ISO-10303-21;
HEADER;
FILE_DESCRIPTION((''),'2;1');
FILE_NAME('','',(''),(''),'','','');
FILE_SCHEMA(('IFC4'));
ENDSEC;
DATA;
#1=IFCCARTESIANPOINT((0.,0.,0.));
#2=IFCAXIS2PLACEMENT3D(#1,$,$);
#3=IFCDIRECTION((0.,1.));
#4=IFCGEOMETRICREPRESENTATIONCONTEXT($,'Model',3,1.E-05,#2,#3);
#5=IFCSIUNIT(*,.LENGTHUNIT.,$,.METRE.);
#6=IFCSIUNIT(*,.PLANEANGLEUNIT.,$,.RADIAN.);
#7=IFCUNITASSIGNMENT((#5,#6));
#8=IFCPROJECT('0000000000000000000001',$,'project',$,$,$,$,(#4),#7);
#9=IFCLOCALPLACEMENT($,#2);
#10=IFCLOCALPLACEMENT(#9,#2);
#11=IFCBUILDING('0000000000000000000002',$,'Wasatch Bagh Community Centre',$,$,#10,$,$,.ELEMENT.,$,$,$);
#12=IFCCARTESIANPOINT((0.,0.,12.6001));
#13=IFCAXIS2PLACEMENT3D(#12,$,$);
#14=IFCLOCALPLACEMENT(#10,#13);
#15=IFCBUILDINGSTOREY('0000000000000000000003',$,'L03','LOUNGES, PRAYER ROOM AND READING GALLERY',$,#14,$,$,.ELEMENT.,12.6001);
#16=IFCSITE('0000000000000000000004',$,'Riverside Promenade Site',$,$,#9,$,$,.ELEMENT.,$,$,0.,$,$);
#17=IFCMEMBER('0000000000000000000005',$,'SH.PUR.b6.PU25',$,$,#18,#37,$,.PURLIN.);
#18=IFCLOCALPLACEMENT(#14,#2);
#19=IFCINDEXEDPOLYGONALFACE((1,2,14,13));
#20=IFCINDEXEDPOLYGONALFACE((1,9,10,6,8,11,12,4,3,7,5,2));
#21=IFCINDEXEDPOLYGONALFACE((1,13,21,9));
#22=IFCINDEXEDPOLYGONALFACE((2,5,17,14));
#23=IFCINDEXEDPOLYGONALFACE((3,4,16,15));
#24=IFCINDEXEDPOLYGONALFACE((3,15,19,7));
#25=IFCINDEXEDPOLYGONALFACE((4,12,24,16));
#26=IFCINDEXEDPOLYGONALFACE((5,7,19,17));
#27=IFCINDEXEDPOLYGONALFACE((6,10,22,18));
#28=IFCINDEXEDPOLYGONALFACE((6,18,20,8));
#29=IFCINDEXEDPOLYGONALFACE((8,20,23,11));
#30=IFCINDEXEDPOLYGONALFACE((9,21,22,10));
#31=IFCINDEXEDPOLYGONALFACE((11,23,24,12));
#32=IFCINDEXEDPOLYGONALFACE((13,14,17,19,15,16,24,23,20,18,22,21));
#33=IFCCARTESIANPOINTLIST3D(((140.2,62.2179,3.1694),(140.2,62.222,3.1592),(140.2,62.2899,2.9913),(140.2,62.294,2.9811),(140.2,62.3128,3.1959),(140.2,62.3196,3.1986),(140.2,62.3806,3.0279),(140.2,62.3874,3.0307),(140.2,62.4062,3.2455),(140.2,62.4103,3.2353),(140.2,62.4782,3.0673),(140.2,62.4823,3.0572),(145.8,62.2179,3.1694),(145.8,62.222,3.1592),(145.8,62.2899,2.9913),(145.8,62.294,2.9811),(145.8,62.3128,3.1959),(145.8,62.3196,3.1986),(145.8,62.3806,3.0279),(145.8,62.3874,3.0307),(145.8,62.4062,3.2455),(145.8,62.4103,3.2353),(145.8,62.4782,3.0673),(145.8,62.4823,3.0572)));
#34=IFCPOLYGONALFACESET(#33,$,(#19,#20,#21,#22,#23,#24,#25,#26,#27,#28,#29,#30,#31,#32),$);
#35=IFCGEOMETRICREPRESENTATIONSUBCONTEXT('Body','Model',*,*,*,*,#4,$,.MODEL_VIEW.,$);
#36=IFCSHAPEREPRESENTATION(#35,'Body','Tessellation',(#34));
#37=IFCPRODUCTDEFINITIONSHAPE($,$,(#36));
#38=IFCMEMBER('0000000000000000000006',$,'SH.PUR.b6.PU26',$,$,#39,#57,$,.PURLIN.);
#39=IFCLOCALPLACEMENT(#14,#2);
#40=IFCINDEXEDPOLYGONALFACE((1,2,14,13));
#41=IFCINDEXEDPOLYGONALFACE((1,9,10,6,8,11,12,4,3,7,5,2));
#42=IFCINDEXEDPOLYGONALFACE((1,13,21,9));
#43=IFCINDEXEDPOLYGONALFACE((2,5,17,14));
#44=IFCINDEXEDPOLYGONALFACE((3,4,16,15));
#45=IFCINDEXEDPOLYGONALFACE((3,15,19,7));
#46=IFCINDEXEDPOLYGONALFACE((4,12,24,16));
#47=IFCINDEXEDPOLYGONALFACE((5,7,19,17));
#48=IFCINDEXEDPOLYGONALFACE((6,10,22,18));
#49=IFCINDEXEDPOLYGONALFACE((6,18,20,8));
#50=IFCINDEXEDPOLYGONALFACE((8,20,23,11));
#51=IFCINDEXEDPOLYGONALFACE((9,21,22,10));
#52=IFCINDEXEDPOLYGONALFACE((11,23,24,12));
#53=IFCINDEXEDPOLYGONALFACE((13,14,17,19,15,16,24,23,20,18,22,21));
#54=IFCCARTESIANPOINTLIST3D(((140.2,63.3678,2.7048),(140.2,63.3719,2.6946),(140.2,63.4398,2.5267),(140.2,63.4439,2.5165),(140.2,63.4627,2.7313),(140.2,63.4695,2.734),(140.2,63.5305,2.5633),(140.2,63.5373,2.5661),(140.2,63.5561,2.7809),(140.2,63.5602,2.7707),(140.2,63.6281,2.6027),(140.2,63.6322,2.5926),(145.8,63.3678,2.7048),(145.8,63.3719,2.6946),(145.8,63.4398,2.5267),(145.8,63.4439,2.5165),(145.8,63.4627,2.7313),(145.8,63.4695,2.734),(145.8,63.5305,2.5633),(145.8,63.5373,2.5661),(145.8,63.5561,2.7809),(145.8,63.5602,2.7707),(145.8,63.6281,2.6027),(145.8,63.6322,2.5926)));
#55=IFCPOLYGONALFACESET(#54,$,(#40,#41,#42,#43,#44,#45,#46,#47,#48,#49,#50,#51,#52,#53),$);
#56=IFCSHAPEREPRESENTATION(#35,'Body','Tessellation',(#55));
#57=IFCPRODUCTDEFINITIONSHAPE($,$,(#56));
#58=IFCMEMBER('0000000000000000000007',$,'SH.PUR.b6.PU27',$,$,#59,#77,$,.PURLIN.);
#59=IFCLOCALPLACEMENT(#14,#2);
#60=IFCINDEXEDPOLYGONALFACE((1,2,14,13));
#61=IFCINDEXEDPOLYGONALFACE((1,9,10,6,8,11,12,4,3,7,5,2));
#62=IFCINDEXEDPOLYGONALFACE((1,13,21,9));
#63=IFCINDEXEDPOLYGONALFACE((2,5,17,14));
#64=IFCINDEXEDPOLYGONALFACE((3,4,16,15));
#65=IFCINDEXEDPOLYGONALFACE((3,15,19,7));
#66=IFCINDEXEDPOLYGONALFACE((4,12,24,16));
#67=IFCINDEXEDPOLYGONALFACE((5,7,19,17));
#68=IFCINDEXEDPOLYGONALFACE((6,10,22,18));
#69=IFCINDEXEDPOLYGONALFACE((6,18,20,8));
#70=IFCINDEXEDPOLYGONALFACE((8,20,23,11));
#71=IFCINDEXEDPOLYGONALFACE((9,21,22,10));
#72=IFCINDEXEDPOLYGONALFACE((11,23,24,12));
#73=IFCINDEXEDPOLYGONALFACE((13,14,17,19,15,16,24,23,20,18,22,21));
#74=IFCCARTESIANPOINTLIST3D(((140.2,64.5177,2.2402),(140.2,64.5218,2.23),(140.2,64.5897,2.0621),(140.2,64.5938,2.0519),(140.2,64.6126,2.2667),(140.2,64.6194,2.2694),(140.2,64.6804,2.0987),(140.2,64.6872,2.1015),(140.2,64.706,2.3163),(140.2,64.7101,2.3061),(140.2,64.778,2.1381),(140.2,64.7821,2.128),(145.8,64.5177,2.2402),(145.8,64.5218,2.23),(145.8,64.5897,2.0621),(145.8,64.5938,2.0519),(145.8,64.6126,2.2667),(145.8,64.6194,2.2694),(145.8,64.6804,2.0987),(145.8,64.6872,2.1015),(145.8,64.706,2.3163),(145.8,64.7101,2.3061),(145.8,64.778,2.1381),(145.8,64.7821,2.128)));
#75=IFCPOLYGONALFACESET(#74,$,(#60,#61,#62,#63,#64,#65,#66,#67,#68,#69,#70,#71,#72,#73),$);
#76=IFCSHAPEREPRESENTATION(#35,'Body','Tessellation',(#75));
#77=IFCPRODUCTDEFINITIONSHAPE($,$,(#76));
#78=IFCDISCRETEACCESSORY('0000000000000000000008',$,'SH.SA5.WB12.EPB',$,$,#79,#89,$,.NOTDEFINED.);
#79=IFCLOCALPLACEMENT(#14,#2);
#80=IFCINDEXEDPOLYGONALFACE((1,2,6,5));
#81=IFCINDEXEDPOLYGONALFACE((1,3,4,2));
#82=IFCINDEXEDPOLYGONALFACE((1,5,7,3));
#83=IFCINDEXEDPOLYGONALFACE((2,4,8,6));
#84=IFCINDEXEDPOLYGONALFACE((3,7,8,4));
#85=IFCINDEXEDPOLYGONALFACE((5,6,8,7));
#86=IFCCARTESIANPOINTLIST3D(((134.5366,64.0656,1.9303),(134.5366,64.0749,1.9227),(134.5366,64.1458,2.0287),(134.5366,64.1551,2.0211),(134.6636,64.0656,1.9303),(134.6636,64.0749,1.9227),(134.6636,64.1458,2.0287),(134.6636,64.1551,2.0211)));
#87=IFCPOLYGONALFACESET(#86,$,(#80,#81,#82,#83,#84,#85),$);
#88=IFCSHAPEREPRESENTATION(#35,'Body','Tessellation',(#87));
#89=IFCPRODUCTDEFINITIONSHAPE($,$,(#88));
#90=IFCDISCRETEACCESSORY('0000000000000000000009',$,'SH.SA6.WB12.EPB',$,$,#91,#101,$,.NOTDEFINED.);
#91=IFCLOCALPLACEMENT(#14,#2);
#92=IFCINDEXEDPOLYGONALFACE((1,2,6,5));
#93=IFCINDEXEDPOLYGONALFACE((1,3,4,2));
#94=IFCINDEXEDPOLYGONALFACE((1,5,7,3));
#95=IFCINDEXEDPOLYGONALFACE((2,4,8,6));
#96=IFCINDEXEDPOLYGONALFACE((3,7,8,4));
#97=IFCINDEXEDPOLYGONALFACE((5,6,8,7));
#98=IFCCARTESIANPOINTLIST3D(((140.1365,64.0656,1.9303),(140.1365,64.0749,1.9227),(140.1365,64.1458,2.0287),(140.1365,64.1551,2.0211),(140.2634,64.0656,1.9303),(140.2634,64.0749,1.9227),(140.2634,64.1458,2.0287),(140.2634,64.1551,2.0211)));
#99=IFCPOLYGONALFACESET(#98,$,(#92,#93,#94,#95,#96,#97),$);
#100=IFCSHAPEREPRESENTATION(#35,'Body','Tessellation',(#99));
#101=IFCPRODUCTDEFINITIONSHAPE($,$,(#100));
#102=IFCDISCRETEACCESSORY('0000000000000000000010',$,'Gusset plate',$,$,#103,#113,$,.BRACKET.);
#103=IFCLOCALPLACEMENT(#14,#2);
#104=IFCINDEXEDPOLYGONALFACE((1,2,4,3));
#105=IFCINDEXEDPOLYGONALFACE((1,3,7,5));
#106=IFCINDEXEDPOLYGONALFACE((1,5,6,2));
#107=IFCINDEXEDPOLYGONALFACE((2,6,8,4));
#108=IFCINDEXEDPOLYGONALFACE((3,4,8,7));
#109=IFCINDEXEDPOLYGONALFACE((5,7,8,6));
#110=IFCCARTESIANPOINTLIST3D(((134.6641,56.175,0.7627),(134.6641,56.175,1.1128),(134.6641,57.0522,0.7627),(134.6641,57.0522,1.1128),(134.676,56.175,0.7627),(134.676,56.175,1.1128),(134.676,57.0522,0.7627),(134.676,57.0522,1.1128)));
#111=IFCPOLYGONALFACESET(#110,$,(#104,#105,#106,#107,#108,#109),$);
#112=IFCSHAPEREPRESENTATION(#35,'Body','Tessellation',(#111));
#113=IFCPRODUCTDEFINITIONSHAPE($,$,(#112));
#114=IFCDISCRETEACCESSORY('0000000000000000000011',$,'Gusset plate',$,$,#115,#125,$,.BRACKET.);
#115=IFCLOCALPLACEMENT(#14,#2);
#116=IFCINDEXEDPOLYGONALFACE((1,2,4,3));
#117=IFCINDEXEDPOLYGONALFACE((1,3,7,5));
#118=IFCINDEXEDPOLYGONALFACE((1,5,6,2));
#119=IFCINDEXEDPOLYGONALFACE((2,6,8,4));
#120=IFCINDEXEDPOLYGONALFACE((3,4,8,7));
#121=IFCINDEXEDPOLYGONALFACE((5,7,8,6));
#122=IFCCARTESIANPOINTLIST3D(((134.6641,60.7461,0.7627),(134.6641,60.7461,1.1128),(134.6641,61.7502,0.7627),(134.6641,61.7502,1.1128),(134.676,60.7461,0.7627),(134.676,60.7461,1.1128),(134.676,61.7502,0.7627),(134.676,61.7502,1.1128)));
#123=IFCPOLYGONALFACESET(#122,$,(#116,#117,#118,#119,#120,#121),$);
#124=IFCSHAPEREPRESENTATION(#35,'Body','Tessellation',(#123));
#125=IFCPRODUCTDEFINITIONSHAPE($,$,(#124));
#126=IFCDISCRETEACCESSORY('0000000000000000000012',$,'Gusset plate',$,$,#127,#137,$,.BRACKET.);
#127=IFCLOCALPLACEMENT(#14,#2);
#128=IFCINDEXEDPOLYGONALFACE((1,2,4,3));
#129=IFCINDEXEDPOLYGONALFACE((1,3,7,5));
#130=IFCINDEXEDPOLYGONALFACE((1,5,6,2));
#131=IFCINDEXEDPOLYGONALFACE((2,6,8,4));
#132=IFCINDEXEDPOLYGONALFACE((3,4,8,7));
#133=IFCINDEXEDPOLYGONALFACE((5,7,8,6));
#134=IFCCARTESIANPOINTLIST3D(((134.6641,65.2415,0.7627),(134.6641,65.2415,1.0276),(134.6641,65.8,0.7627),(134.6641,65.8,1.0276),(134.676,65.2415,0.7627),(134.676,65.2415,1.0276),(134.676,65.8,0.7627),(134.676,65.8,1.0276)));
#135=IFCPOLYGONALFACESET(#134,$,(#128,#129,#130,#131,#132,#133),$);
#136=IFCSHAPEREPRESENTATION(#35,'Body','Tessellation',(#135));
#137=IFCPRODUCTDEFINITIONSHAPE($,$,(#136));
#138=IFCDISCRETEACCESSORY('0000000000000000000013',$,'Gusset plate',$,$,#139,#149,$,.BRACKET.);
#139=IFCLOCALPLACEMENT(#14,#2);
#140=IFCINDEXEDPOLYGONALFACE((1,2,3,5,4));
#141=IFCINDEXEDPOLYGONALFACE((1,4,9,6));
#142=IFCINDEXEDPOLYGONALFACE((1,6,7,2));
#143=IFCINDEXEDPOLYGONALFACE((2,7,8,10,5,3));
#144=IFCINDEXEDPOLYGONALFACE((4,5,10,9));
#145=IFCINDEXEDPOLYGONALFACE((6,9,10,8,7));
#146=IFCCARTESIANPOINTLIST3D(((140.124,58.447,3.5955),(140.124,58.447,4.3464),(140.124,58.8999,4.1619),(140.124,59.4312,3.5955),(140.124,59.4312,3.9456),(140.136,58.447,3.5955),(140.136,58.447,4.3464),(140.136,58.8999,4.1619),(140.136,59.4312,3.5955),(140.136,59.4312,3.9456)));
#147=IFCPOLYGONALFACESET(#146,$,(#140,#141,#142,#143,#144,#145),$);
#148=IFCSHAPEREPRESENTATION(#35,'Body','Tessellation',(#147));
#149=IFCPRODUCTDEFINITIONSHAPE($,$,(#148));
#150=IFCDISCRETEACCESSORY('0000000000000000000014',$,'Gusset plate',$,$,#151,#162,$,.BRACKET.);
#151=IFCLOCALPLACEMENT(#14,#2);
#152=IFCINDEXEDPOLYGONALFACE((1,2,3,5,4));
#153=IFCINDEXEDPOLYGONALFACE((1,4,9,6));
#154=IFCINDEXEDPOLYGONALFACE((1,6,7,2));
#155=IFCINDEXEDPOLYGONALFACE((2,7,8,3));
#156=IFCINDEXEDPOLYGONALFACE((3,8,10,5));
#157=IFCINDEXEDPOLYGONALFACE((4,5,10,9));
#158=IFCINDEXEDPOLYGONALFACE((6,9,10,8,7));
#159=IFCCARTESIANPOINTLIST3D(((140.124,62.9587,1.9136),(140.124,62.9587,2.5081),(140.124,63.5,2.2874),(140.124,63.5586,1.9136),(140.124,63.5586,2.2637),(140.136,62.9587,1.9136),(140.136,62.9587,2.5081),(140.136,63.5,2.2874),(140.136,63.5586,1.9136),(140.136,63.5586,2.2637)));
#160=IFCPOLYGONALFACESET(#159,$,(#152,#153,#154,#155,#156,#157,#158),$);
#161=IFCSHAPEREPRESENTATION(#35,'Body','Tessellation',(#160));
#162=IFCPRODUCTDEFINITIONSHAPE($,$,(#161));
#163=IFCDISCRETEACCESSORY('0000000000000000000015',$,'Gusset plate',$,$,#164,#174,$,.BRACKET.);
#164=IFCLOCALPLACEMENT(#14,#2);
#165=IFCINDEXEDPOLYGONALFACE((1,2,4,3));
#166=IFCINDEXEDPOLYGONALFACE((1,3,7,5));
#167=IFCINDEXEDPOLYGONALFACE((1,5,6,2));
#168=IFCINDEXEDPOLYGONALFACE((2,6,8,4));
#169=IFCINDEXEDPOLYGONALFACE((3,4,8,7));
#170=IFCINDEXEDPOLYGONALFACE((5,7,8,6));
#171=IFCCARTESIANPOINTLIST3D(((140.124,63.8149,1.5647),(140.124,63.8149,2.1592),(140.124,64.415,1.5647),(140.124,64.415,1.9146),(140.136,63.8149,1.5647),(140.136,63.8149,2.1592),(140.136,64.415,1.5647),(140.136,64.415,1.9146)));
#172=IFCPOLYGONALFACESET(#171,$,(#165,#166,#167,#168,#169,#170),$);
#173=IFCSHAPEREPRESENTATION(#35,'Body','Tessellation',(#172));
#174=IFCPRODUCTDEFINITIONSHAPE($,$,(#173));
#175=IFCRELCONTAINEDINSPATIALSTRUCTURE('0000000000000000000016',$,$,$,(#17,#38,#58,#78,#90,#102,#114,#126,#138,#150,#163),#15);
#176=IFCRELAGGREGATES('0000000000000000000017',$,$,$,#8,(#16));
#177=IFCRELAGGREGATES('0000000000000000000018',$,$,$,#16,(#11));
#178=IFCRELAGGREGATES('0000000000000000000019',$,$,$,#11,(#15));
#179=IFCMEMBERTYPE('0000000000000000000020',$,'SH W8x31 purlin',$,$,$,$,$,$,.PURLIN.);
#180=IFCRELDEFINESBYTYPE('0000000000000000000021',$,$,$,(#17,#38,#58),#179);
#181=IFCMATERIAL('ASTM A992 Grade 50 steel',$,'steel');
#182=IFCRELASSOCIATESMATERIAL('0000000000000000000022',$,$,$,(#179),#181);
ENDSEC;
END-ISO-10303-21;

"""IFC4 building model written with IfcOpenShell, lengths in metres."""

from ifc_helpers import new_model, si_unit, direction, frame, origin, origin_2d, place, context, subcontext, project, spatial, polyline, rectangle, i_section, outline, extrude, material, material_profile, profile_set, type_object, element, save


model = new_model("IFC4")

# Units and contexts
model_context = context("Model", 3, precision=1e-05, world=origin(), true_north=direction((0.0, 1.0)))
body_context = subcontext(model_context, "Body", "Model", "MODEL_VIEW")
ifc_project = project(units=[si_unit("LENGTHUNIT", "METRE"), si_unit("PLANEANGLEUNIT", "RADIAN")], contexts=[model_context])

# Site, building, storey
site_placement = place(None, origin())
site = spatial("IfcSite", under=ifc_project, at=site_placement, Name="Riverside Promenade Site", CompositionType="ELEMENT", RefElevation=0.0)
building_placement = place(site_placement, origin())
building = spatial("IfcBuilding", under=site, at=building_placement, Name="Wasatch Bagh Community Centre", CompositionType="ELEMENT")
storey_placement = place(building_placement, frame((0.0, 0.0, 12.6001)))
storey = spatial("IfcBuildingStorey", under=building, at=storey_placement, Name="L03", Description="LOUNGES, PRAYER ROOM AND READING GALLERY", CompositionType="ELEMENT", Elevation=12.6001)

# Members
ifc_material_1 = material(Name="ASTM A992 Grade 50 steel", Category="steel")
ifc_material_profile_1 = material_profile(ifc_material_1, i_section(OverallWidth=0.2031, OverallDepth=0.2031, WebThickness=0.0073, FlangeThickness=0.011, at=origin_2d()), Name="W8x31")
ifc_profile_set_1 = profile_set([ifc_material_profile_1], Name="ASTM A992 Grade 50 steel")
member_type_1 = type_object("IfcMemberType", Name="SH W8x31 purlin", PredefinedType="PURLIN", material=ifc_profile_set_1)
for number, where, z_axis, x_axis, name in (
    (1, (140.2, 62.3501, 3.1133), (1.0, 0.0, 0.0), (0.0, 0.927184, 0.374607), "SH.PUR.b6.PU25"),
    (2, (140.2, 63.5, 2.6487), (1.0, 0.0, 0.0), (0.0, 0.927184, 0.374607), "SH.PUR.b6.PU26"),
    (3, (140.2, 64.6499, 2.1841), (1.0, 0.0, 0.0), (0.0, 0.927184, 0.374607), "SH.PUR.b6.PU27"),
):
    element("IfcMember", number, at=place(storey_placement, frame(where, z_axis=z_axis, x_axis=x_axis)), inside=storey, type_object=member_type_1, Name=name, PredefinedType="PURLIN", context=body_context, shape_type="SweptSolid", body=[
        extrude(i_section(OverallWidth=0.2031, OverallDepth=0.2031, WebThickness=0.0073, FlangeThickness=0.011, at=origin_2d()), origin(), (0.0, 0.0, 1.0), 5.6001),
    ])

# Discrete accessories
for number, where, z_axis, x_axis, name in (
    (4, (134.6001, 64.115, 1.9719), (0.0, -0.774865, 0.632127), (1.0, 0.0, 0.0), "SH.SA5.WB12.EPB"),
    (5, (140.2, 64.115, 1.9719), (0.0, -0.774865, 0.632127), (1.0, 0.0, 0.0), "SH.SA6.WB12.EPB"),
):
    element("IfcDiscreteAccessory", number, at=place(storey_placement, frame(where, z_axis=z_axis, x_axis=x_axis)), inside=storey, Name=name, PredefinedType="NOTDEFINED", context=body_context, shape_type="SweptSolid", body=[
        extrude(rectangle(XDim=0.127, YDim=0.127, at=origin_2d()), origin(), (0.0, 0.0, 1.0), 0.012),
    ])
discrete_accessory_1_placement = place(storey_placement, frame((134.676, 56.175, 0.7627), z_axis=(1.0, 0.0, 0.0), x_axis=(0.0, 1.0, 0.0)))
element("IfcDiscreteAccessory", 6, at=discrete_accessory_1_placement, inside=storey, Name="Gusset plate", PredefinedType="BRACKET", context=body_context, shape_type="SweptSolid", body=[
    extrude(outline(polyline([(0.0, 0.0), (0.8772, 0.0), (0.8772, 0.3501), (0.0, 0.3501), (0.0, 0.0)])), origin(), (0.0, 0.0, -1.0), 0.012),
])
discrete_accessory_2_placement = place(storey_placement, frame((134.676, 60.7461, 0.7627), z_axis=(1.0, 0.0, 0.0), x_axis=(0.0, 1.0, 0.0)))
element("IfcDiscreteAccessory", 7, at=discrete_accessory_2_placement, inside=storey, Name="Gusset plate", PredefinedType="BRACKET", context=body_context, shape_type="SweptSolid", body=[
    extrude(outline(polyline([(0.0, 0.0), (1.0042, 0.0), (1.0042, 0.3501), (0.0, 0.3501), (0.0, 0.0)])), origin(), (0.0, 0.0, -1.0), 0.012),
])
discrete_accessory_3_placement = place(storey_placement, frame((134.676, 65.2415, 0.7627), z_axis=(1.0, 0.0, 0.0), x_axis=(0.0, 1.0, 0.0)))
element("IfcDiscreteAccessory", 8, at=discrete_accessory_3_placement, inside=storey, Name="Gusset plate", PredefinedType="BRACKET", context=body_context, shape_type="SweptSolid", body=[
    extrude(outline(polyline([(0.0, 0.0), (0.5586, 0.0), (0.5586, 0.2649), (0.0, 0.2649), (0.0, 0.0)])), origin(), (0.0, 0.0, -1.0), 0.012),
])
discrete_accessory_4_placement = place(storey_placement, frame((140.124, 58.447, 4.3464), z_axis=(-1.0, 0.0, 0.0), x_axis=(0.0, 0.926047, -0.377408)))
element("IfcDiscreteAccessory", 9, at=discrete_accessory_4_placement, inside=storey, Name="Gusset plate", PredefinedType="BRACKET", context=body_context, shape_type="SweptSolid", body=[
    extrude(outline(polyline([(0.0, 0.0), (0.489, 0.0), (1.0626, -0.0002), (1.1948, 0.324), (0.2834, 0.6954), (0.0, 0.0)])), origin(), (0.0, 0.0, -1.0), 0.012),
])
discrete_accessory_5_placement = place(storey_placement, frame((140.124, 62.9587, 2.5081), z_axis=(-1.0, 0.0, 0.0), x_axis=(0.0, 0.925979, -0.377575)))
element("IfcDiscreteAccessory", 10, at=discrete_accessory_5_placement, inside=storey, Name="Gusset plate", PredefinedType="BRACKET", context=body_context, shape_type="SweptSolid", body=[
    extrude(outline(polyline([(0.0, 0.0), (0.5845, 0.0), (0.6477, -0.0002), (0.7799, 0.324), (0.2245, 0.5505), (0.0, 0.0)])), origin(), (0.0, 0.0, -1.0), 0.012),
])
discrete_accessory_6_placement = place(storey_placement, frame((140.124, 63.8149, 2.1592), z_axis=(-1.0, 0.0, 0.0), x_axis=(0.0, 0.926014, -0.377488)))
element("IfcDiscreteAccessory", 11, at=discrete_accessory_6_placement, inside=storey, Name="Gusset plate", PredefinedType="BRACKET", context=body_context, shape_type="SweptSolid", body=[
    extrude(outline(polyline([(0.0, 0.0), (0.648, 0.0), (0.7801, 0.324), (0.2244, 0.5505), (0.0, 0.0)])), origin(), (0.0, 0.0, -1.0), 0.012),
])

save(model, "model.ifc")
